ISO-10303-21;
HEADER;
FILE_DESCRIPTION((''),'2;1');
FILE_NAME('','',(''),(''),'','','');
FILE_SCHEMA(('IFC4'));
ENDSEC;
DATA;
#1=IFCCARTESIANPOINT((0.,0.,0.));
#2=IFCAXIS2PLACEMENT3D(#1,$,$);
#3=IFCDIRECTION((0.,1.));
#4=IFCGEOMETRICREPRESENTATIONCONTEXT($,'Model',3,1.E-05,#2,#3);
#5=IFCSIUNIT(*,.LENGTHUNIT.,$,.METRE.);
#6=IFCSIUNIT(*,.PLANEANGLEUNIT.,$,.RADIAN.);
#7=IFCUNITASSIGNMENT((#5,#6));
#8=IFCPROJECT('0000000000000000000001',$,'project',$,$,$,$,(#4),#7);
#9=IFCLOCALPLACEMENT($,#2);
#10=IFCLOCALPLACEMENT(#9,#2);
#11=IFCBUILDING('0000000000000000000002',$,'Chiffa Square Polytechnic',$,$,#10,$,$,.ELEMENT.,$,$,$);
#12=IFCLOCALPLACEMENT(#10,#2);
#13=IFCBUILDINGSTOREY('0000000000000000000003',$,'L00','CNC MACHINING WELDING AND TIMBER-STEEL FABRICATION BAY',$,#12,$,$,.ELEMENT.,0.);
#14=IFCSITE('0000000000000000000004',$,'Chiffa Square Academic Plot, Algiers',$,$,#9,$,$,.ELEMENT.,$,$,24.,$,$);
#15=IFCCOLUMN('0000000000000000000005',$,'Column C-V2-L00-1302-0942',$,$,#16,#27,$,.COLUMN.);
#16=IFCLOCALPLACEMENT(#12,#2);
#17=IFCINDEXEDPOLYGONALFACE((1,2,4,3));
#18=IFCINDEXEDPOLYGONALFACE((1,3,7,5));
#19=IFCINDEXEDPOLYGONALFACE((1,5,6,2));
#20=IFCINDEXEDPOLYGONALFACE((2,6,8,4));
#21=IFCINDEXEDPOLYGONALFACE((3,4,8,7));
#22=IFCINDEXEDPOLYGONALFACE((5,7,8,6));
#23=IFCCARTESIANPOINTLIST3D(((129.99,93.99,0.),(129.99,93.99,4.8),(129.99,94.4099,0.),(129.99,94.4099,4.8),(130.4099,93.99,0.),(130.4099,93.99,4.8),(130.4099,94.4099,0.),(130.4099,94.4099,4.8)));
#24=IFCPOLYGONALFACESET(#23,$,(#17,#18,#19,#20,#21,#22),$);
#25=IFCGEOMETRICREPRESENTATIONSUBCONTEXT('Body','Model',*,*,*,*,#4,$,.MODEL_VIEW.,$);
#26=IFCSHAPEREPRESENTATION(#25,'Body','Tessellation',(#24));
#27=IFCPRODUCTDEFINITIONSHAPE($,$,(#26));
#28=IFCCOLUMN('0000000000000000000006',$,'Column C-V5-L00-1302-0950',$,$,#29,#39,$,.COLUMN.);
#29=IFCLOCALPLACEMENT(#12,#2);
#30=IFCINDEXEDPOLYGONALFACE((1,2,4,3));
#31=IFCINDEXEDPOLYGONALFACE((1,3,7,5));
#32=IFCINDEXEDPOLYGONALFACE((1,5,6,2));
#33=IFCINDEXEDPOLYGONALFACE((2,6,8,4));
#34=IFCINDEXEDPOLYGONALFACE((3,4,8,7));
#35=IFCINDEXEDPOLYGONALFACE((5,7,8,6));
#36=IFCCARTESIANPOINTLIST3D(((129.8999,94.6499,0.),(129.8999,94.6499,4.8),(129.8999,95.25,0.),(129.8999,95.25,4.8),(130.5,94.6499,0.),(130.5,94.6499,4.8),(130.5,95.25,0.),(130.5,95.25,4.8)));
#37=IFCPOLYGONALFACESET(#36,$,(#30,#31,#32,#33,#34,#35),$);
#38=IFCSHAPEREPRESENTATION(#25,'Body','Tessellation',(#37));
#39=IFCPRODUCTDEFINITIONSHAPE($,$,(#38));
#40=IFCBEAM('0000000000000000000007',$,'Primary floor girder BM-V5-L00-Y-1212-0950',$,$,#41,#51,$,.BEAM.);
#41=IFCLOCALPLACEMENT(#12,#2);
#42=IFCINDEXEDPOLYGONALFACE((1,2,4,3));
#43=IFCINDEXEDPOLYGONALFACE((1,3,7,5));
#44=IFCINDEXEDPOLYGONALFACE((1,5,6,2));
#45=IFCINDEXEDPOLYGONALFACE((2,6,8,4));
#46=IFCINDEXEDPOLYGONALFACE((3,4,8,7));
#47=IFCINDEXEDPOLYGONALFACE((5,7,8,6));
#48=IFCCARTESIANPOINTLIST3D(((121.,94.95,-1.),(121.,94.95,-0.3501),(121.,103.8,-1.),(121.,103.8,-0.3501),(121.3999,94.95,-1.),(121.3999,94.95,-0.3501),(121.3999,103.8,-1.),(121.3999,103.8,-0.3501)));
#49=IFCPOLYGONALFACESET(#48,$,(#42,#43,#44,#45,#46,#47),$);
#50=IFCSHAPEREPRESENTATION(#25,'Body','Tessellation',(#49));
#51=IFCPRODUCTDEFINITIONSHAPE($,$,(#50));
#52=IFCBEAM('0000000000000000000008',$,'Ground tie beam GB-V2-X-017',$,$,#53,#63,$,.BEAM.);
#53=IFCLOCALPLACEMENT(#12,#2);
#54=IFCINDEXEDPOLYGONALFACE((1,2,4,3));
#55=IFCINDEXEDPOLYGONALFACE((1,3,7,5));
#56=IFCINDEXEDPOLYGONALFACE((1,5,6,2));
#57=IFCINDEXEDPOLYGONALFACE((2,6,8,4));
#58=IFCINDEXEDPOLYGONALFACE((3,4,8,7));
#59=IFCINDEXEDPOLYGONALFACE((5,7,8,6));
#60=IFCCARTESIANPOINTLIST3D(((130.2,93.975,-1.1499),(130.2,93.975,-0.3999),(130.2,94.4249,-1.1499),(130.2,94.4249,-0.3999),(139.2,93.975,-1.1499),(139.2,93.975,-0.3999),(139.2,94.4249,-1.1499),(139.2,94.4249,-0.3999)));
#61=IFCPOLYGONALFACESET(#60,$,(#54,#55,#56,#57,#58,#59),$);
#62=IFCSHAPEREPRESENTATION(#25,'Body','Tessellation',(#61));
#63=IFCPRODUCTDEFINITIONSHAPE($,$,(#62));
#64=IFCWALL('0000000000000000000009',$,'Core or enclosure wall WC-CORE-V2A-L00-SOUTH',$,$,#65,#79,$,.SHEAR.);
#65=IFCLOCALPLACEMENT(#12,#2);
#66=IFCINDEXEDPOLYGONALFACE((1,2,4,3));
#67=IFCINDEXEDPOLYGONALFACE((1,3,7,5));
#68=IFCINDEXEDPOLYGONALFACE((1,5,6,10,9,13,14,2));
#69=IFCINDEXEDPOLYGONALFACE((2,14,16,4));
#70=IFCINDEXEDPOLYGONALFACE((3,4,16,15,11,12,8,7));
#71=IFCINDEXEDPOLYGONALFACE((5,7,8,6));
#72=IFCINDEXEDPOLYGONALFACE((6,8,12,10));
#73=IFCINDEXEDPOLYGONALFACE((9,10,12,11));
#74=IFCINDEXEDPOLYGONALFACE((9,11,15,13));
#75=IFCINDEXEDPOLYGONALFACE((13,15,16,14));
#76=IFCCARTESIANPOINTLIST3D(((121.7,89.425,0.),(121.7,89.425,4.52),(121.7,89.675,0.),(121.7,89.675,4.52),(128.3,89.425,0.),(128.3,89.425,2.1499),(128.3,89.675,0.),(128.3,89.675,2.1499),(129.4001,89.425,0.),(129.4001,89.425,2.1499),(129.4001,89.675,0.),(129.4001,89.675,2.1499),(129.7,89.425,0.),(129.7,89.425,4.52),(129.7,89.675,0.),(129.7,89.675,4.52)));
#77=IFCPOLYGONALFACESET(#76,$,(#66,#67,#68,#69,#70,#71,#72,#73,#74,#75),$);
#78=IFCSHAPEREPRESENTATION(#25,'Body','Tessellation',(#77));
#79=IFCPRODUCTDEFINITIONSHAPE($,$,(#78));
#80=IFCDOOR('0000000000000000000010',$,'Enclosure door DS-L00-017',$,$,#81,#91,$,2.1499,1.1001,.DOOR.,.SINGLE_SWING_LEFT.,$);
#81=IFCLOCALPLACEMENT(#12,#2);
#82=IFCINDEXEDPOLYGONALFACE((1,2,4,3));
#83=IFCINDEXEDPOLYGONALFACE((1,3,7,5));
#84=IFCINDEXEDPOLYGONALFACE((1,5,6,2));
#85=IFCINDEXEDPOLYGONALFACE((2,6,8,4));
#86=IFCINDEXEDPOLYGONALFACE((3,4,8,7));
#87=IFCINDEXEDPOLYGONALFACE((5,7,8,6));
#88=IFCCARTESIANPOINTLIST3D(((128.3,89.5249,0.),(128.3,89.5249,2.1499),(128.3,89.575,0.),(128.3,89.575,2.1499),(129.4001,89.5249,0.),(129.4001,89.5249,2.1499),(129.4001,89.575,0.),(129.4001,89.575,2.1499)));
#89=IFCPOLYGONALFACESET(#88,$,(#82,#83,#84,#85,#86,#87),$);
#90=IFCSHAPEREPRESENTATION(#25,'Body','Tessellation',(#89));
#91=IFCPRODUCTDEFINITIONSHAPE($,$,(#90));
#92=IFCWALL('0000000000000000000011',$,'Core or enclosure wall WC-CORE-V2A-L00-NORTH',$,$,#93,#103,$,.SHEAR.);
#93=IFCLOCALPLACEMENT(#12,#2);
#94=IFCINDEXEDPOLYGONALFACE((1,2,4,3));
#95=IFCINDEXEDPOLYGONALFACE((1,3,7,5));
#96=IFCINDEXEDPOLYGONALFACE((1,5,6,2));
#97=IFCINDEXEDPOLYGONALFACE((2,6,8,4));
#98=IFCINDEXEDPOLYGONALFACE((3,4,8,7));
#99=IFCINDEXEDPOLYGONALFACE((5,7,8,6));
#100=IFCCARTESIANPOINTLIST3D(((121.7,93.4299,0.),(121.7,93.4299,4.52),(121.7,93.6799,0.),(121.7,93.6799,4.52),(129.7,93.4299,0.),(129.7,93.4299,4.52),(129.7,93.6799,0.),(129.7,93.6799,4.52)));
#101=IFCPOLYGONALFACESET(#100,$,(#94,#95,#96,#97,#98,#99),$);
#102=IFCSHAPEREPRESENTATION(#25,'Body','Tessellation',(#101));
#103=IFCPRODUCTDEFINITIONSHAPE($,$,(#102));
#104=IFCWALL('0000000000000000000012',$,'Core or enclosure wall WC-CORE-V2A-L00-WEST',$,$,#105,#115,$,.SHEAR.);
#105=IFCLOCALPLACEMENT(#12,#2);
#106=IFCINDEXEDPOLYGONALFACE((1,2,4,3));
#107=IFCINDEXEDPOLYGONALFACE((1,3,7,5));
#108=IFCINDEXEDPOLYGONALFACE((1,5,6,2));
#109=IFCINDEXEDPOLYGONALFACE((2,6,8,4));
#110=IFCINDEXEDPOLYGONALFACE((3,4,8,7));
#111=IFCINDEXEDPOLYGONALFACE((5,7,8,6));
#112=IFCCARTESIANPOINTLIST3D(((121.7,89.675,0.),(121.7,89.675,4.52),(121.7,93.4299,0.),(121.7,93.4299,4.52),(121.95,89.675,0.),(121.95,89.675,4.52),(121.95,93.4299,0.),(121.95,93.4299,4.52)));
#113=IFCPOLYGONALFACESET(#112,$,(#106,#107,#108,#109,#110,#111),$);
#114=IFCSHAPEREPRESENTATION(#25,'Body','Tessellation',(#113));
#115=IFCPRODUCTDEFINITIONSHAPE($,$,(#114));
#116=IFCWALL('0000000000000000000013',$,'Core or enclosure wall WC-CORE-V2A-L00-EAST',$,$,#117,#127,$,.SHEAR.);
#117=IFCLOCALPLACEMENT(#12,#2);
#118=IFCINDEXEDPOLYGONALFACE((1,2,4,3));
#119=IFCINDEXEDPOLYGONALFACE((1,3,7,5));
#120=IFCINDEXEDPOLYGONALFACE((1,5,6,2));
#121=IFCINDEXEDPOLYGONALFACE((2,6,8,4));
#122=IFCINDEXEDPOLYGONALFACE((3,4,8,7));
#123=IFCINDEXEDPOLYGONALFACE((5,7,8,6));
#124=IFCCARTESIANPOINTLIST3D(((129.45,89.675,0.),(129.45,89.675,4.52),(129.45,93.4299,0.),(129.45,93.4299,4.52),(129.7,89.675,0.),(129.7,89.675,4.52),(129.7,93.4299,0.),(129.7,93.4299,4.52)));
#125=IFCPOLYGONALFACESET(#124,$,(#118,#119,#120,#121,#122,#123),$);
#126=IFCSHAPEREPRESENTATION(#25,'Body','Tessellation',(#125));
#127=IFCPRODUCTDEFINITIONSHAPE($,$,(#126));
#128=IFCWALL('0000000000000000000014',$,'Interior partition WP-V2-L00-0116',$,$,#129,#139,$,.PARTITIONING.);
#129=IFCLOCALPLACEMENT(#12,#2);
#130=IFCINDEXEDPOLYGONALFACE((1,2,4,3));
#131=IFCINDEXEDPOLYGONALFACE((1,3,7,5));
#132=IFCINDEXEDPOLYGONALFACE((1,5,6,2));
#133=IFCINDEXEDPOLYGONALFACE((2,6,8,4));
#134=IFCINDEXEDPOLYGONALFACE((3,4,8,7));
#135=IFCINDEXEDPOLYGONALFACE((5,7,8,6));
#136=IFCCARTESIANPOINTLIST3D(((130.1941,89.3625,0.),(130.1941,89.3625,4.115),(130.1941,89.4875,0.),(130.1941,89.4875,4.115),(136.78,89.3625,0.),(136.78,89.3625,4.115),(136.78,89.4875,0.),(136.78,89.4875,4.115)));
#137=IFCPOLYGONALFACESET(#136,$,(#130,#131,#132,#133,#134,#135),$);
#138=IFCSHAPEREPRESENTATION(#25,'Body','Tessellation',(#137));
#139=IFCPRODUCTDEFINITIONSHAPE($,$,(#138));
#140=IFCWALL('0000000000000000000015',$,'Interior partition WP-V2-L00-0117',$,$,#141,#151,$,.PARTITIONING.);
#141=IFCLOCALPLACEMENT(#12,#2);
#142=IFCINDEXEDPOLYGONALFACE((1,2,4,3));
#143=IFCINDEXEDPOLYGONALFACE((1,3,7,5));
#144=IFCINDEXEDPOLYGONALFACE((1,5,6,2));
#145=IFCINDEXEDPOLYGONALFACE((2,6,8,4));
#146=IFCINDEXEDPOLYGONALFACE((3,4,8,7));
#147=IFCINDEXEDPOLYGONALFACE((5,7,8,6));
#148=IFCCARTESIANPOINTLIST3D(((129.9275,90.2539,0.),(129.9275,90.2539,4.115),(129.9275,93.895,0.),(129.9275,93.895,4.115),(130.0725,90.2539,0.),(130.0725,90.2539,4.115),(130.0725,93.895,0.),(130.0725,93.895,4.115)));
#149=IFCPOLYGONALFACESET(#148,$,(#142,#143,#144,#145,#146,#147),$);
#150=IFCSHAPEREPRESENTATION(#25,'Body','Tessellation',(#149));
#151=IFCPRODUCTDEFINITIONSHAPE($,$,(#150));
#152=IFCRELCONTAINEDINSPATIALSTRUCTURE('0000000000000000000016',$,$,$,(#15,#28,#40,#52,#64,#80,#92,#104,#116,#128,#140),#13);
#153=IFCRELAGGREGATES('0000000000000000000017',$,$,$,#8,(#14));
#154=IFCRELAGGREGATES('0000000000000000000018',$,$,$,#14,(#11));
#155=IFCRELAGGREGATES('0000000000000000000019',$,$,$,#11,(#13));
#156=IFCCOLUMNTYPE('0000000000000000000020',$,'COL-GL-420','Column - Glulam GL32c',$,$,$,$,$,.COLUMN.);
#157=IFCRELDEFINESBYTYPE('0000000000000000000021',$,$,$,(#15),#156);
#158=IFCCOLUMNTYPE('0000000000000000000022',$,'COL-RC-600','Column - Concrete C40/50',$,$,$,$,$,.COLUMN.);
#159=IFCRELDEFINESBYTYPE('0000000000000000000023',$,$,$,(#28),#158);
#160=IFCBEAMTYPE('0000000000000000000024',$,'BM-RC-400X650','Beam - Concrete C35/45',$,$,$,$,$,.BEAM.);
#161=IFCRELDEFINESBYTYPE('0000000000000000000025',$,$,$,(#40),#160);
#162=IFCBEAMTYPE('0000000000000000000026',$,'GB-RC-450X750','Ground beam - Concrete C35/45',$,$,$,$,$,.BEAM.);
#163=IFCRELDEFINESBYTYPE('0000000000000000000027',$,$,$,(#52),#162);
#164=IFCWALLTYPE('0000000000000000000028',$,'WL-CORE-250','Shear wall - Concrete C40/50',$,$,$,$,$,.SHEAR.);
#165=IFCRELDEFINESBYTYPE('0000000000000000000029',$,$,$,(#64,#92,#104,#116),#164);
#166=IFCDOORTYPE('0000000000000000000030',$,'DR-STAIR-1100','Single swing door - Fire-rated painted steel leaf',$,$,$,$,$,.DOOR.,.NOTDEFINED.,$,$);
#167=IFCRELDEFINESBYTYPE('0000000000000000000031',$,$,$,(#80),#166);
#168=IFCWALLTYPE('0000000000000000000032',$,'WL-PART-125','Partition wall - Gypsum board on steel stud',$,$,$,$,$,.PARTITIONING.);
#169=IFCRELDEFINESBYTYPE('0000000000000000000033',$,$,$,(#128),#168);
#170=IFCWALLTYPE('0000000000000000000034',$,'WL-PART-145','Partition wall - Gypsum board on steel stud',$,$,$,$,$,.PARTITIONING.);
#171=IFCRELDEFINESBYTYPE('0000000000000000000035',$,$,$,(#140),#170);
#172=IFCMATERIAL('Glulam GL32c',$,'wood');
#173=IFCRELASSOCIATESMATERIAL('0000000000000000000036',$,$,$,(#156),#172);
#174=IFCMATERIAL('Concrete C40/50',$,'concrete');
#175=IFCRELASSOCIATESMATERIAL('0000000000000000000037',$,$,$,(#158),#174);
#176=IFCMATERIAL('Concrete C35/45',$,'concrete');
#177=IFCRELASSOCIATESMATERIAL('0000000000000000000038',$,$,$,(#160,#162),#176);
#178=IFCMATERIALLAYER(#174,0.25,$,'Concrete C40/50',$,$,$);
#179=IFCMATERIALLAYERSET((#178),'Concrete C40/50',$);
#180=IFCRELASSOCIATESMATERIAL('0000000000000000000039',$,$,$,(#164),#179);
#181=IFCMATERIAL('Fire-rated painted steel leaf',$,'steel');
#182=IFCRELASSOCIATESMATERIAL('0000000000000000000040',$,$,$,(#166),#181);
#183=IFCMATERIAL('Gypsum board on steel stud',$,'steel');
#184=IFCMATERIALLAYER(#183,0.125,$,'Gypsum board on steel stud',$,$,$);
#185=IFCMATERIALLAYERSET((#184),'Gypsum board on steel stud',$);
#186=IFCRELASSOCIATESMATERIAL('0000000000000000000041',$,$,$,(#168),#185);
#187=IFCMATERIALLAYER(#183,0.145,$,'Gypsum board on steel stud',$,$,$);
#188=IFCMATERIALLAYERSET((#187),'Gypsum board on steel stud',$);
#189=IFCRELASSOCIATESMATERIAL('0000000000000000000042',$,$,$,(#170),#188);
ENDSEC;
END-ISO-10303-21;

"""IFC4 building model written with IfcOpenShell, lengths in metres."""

from ifc_helpers import new_model, si_unit, direction, frame, frame_2d, origin, origin_2d, place, context, subcontext, project, spatial, rectangle, extrude, material, layer, layer_set, material_profile, profile_set, type_object, element, fill, save


model = new_model("IFC4")

# Units and contexts
model_context = context("Model", 3, precision=1e-05, world=origin(), true_north=direction((0.0, 1.0)))
body_context = subcontext(model_context, "Body", "Model", "MODEL_VIEW")
ifc_project = project(units=[si_unit("LENGTHUNIT", "METRE"), si_unit("PLANEANGLEUNIT", "RADIAN")], contexts=[model_context])

# Site, building, storey
site_placement = place(None, origin())
site = spatial("IfcSite", under=ifc_project, at=site_placement, Name="Chiffa Square Academic Plot, Algiers", CompositionType="ELEMENT", RefElevation=24.0)
building_placement = place(site_placement, origin())
building = spatial("IfcBuilding", under=site, at=building_placement, Name="Chiffa Square Polytechnic", CompositionType="ELEMENT")
storey_placement = place(building_placement, origin())
storey = spatial("IfcBuildingStorey", under=building, at=storey_placement, Name="L00", Description="CNC MACHINING WELDING AND TIMBER-STEEL FABRICATION BAY", CompositionType="ELEMENT", Elevation=0.0)

# Columns
ifc_material_1 = material(Name="Glulam GL32c", Category="wood")
ifc_material_profile_1 = material_profile(ifc_material_1, rectangle(XDim=0.4199, YDim=0.4199, at=origin_2d()), Name="GL32c 420x420")
ifc_profile_set_1 = profile_set([ifc_material_profile_1], Name="Glulam GL32c")
column_type_1 = type_object("IfcColumnType", Name="COL-GL-420", Description="Column - Glulam GL32c", PredefinedType="COLUMN", material=ifc_profile_set_1)
column_1_placement = place(storey_placement, frame((130.2, 94.2, 0.0), z_axis=(0.0, 0.0, 1.0), x_axis=(1.0, 0.0, 0.0)))
element("IfcColumn", 1, at=column_1_placement, inside=storey, type_object=column_type_1, Name="Column C-V2-L00-1302-0942", PredefinedType="COLUMN", context=body_context, shape_type="SweptSolid", body=[
    extrude(rectangle(XDim=0.4199, YDim=0.4199, at=origin_2d()), origin(), (0.0, 0.0, 1.0), 4.8),
])
ifc_material_2 = material(Name="Concrete C40/50", Category="concrete")
ifc_material_profile_2 = material_profile(ifc_material_2, rectangle(XDim=0.6001, YDim=0.6001, at=origin_2d()), Name="RC 600x600")
ifc_profile_set_2 = profile_set([ifc_material_profile_2], Name="Concrete C40/50")
column_type_2 = type_object("IfcColumnType", Name="COL-RC-600", Description="Column - Concrete C40/50", PredefinedType="COLUMN", material=ifc_profile_set_2)
column_2_placement = place(storey_placement, frame((130.2, 94.95, 0.0), z_axis=(0.0, 0.0, 1.0), x_axis=(1.0, 0.0, 0.0)))
element("IfcColumn", 2, at=column_2_placement, inside=storey, type_object=column_type_2, Name="Column C-V5-L00-1302-0950", PredefinedType="COLUMN", context=body_context, shape_type="SweptSolid", body=[
    extrude(rectangle(XDim=0.6001, YDim=0.6001, at=origin_2d()), origin(), (0.0, 0.0, 1.0), 4.8),
])

# Beams
ifc_material_3 = material(Name="Concrete C35/45", Category="concrete")
ifc_material_profile_3 = material_profile(ifc_material_3, rectangle(XDim=0.3999, YDim=0.6499, at=origin_2d()), Name="RC 400x650")
ifc_profile_set_3 = profile_set([ifc_material_profile_3], Name="Concrete C35/45")
beam_type_1 = type_object("IfcBeamType", Name="BM-RC-400X650", Description="Beam - Concrete C35/45", PredefinedType="BEAM", material=ifc_profile_set_3)
beam_1_placement = place(storey_placement, frame((121.2, 94.95, -0.675), z_axis=(0.0, 1.0, 0.0), x_axis=(-1.0, 0.0, 0.0)))
element("IfcBeam", 3, at=beam_1_placement, inside=storey, type_object=beam_type_1, Name="Primary floor girder BM-V5-L00-Y-1212-0950", PredefinedType="BEAM", context=body_context, shape_type="SweptSolid", body=[
    extrude(rectangle(XDim=0.3999, YDim=0.6499, at=origin_2d()), origin(), (0.0, 0.0, 1.0), 8.8501),
])
ifc_material_profile_4 = material_profile(ifc_material_3, rectangle(XDim=0.45, YDim=0.75, at=origin_2d()), Name="RC 450x750")
ifc_profile_set_4 = profile_set([ifc_material_profile_4], Name="Concrete C35/45")
beam_type_2 = type_object("IfcBeamType", Name="GB-RC-450X750", Description="Ground beam - Concrete C35/45", PredefinedType="BEAM", material=ifc_profile_set_4)
beam_2_placement = place(storey_placement, frame((130.2, 94.2, -0.7749), z_axis=(1.0, 0.0, 0.0), x_axis=(0.0, 1.0, 0.0)))
element("IfcBeam", 4, at=beam_2_placement, inside=storey, type_object=beam_type_2, Name="Ground tie beam GB-V2-X-017", PredefinedType="BEAM", context=body_context, shape_type="SweptSolid", body=[
    extrude(rectangle(XDim=0.45, YDim=0.75, at=origin_2d()), origin(), (0.0, 0.0, 1.0), 9.0),
])

# Wall, opening, door
ifc_layer_1 = layer(ifc_material_2, 0.25, Name="Concrete C40/50")
ifc_layer_set_1 = layer_set([ifc_layer_1], Name="Concrete C40/50")
wall_type_1 = type_object("IfcWallType", Name="WL-CORE-250", Description="Shear wall - Concrete C40/50", PredefinedType="SHEAR", material=ifc_layer_set_1)
wall_1_placement = place(storey_placement, frame((121.7, 89.55, 0.0), z_axis=(0.0, 0.0, 1.0), x_axis=(1.0, 0.0, 0.0)))
wall_1 = element("IfcWall", 5, at=wall_1_placement, inside=storey, type_object=wall_type_1, Name="Core or enclosure wall WC-CORE-V2A-L00-SOUTH", PredefinedType="SHEAR", context=body_context, shape_type="SweptSolid", body=[
    extrude(rectangle(XDim=8.0, YDim=0.25, at=frame_2d((4.0, 0.0))), origin(), (0.0, 0.0, 1.0), 4.52),
])
opening_placement = place(wall_1_placement, frame((6.6001, 0.0, 0.0)))
opening = element("IfcOpeningElement", 6, at=opening_placement, cuts=wall_1, PredefinedType="OPENING", context=body_context, shape_type="SweptSolid", body=[
    extrude(rectangle(XDim=1.1001, YDim=2.1499, at=frame_2d((0.55, 1.075))), frame((0.0, 0.135, 0.0), z_axis=(0.0, -1.0, 0.0), x_axis=(1.0, 0.0, 0.0)), (0.0, 0.0, 1.0), 0.27),
])
ifc_material_4 = material(Name="Fire-rated painted steel leaf", Category="steel")
door_type = type_object("IfcDoorType", Name="DR-STAIR-1100", Description="Single swing door - Fire-rated painted steel leaf", OperationType="NOTDEFINED", PredefinedType="DOOR", material=ifc_material_4)
door_placement = place(opening_placement, origin())
door = element("IfcDoor", 7, at=door_placement, inside=storey, type_object=door_type, Name="Enclosure door DS-L00-017", OperationType="SINGLE_SWING_LEFT", OverallHeight=2.1499, OverallWidth=1.1001, PredefinedType="DOOR", context=body_context, shape_type="SweptSolid", body=[
    extrude(rectangle(XDim=1.1001, YDim=2.1499, at=frame_2d((0.55, 1.075))), frame((0.0, 0.0249, 0.0), z_axis=(0.0, -1.0, 0.0), x_axis=(1.0, 0.0, 0.0)), (0.0, 0.0, 1.0), 0.05),
])
fill(opening, door)

# Walls
wall_2_placement = place(storey_placement, frame((121.7, 93.5549, 0.0), z_axis=(0.0, 0.0, 1.0), x_axis=(1.0, 0.0, 0.0)))
element("IfcWall", 8, at=wall_2_placement, inside=storey, type_object=wall_type_1, Name="Core or enclosure wall WC-CORE-V2A-L00-NORTH", PredefinedType="SHEAR", context=body_context, shape_type="SweptSolid", body=[
    extrude(rectangle(XDim=8.0, YDim=0.25, at=frame_2d((4.0, 0.0))), origin(), (0.0, 0.0, 1.0), 4.52),
])
for number, where, z_axis, x_axis, name in (
    (9, (121.825, 89.675, 0.0), (0.0, 0.0, 1.0), (0.0, 1.0, 0.0), "Core or enclosure wall WC-CORE-V2A-L00-WEST"),
    (10, (129.575, 89.675, 0.0), (0.0, 0.0, 1.0), (0.0, 1.0, 0.0), "Core or enclosure wall WC-CORE-V2A-L00-EAST"),
):
    element("IfcWall", number, at=place(storey_placement, frame(where, z_axis=z_axis, x_axis=x_axis)), inside=storey, type_object=wall_type_1, Name=name, PredefinedType="SHEAR", context=body_context, shape_type="SweptSolid", body=[
        extrude(rectangle(XDim=3.7549, YDim=0.25, at=frame_2d((1.8774, 0.0))), origin(), (0.0, 0.0, 1.0), 4.52),
    ])
ifc_material_5 = material(Name="Gypsum board on steel stud", Category="steel")
ifc_layer_2 = layer(ifc_material_5, 0.125, Name="Gypsum board on steel stud")
ifc_layer_set_2 = layer_set([ifc_layer_2], Name="Gypsum board on steel stud")
wall_type_2 = type_object("IfcWallType", Name="WL-PART-125", Description="Partition wall - Gypsum board on steel stud", PredefinedType="PARTITIONING", material=ifc_layer_set_2)
wall_3_placement = place(storey_placement, frame((130.1941, 89.425, 0.0), z_axis=(0.0, 0.0, 1.0), x_axis=(1.0, 0.0, 0.0)))
element("IfcWall", 11, at=wall_3_placement, inside=storey, type_object=wall_type_2, Name="Interior partition WP-V2-L00-0116", PredefinedType="PARTITIONING", context=body_context, shape_type="SweptSolid", body=[
    extrude(rectangle(XDim=6.5859, YDim=0.125, at=frame_2d((3.293, 0.0))), origin(), (0.0, 0.0, 1.0), 4.115),
])
ifc_layer_3 = layer(ifc_material_5, 0.145, Name="Gypsum board on steel stud")
ifc_layer_set_3 = layer_set([ifc_layer_3], Name="Gypsum board on steel stud")
wall_type_3 = type_object("IfcWallType", Name="WL-PART-145", Description="Partition wall - Gypsum board on steel stud", PredefinedType="PARTITIONING", material=ifc_layer_set_3)
wall_4_placement = place(storey_placement, frame((130.0, 90.2539, 0.0), z_axis=(0.0, 0.0, 1.0), x_axis=(0.0, 1.0, 0.0)))
element("IfcWall", 12, at=wall_4_placement, inside=storey, type_object=wall_type_3, Name="Interior partition WP-V2-L00-0117", PredefinedType="PARTITIONING", context=body_context, shape_type="SweptSolid", body=[
    extrude(rectangle(XDim=3.6411, YDim=0.145, at=frame_2d((1.8206, 0.0))), origin(), (0.0, 0.0, 1.0), 4.115),
])

save(model, "model.ifc")
